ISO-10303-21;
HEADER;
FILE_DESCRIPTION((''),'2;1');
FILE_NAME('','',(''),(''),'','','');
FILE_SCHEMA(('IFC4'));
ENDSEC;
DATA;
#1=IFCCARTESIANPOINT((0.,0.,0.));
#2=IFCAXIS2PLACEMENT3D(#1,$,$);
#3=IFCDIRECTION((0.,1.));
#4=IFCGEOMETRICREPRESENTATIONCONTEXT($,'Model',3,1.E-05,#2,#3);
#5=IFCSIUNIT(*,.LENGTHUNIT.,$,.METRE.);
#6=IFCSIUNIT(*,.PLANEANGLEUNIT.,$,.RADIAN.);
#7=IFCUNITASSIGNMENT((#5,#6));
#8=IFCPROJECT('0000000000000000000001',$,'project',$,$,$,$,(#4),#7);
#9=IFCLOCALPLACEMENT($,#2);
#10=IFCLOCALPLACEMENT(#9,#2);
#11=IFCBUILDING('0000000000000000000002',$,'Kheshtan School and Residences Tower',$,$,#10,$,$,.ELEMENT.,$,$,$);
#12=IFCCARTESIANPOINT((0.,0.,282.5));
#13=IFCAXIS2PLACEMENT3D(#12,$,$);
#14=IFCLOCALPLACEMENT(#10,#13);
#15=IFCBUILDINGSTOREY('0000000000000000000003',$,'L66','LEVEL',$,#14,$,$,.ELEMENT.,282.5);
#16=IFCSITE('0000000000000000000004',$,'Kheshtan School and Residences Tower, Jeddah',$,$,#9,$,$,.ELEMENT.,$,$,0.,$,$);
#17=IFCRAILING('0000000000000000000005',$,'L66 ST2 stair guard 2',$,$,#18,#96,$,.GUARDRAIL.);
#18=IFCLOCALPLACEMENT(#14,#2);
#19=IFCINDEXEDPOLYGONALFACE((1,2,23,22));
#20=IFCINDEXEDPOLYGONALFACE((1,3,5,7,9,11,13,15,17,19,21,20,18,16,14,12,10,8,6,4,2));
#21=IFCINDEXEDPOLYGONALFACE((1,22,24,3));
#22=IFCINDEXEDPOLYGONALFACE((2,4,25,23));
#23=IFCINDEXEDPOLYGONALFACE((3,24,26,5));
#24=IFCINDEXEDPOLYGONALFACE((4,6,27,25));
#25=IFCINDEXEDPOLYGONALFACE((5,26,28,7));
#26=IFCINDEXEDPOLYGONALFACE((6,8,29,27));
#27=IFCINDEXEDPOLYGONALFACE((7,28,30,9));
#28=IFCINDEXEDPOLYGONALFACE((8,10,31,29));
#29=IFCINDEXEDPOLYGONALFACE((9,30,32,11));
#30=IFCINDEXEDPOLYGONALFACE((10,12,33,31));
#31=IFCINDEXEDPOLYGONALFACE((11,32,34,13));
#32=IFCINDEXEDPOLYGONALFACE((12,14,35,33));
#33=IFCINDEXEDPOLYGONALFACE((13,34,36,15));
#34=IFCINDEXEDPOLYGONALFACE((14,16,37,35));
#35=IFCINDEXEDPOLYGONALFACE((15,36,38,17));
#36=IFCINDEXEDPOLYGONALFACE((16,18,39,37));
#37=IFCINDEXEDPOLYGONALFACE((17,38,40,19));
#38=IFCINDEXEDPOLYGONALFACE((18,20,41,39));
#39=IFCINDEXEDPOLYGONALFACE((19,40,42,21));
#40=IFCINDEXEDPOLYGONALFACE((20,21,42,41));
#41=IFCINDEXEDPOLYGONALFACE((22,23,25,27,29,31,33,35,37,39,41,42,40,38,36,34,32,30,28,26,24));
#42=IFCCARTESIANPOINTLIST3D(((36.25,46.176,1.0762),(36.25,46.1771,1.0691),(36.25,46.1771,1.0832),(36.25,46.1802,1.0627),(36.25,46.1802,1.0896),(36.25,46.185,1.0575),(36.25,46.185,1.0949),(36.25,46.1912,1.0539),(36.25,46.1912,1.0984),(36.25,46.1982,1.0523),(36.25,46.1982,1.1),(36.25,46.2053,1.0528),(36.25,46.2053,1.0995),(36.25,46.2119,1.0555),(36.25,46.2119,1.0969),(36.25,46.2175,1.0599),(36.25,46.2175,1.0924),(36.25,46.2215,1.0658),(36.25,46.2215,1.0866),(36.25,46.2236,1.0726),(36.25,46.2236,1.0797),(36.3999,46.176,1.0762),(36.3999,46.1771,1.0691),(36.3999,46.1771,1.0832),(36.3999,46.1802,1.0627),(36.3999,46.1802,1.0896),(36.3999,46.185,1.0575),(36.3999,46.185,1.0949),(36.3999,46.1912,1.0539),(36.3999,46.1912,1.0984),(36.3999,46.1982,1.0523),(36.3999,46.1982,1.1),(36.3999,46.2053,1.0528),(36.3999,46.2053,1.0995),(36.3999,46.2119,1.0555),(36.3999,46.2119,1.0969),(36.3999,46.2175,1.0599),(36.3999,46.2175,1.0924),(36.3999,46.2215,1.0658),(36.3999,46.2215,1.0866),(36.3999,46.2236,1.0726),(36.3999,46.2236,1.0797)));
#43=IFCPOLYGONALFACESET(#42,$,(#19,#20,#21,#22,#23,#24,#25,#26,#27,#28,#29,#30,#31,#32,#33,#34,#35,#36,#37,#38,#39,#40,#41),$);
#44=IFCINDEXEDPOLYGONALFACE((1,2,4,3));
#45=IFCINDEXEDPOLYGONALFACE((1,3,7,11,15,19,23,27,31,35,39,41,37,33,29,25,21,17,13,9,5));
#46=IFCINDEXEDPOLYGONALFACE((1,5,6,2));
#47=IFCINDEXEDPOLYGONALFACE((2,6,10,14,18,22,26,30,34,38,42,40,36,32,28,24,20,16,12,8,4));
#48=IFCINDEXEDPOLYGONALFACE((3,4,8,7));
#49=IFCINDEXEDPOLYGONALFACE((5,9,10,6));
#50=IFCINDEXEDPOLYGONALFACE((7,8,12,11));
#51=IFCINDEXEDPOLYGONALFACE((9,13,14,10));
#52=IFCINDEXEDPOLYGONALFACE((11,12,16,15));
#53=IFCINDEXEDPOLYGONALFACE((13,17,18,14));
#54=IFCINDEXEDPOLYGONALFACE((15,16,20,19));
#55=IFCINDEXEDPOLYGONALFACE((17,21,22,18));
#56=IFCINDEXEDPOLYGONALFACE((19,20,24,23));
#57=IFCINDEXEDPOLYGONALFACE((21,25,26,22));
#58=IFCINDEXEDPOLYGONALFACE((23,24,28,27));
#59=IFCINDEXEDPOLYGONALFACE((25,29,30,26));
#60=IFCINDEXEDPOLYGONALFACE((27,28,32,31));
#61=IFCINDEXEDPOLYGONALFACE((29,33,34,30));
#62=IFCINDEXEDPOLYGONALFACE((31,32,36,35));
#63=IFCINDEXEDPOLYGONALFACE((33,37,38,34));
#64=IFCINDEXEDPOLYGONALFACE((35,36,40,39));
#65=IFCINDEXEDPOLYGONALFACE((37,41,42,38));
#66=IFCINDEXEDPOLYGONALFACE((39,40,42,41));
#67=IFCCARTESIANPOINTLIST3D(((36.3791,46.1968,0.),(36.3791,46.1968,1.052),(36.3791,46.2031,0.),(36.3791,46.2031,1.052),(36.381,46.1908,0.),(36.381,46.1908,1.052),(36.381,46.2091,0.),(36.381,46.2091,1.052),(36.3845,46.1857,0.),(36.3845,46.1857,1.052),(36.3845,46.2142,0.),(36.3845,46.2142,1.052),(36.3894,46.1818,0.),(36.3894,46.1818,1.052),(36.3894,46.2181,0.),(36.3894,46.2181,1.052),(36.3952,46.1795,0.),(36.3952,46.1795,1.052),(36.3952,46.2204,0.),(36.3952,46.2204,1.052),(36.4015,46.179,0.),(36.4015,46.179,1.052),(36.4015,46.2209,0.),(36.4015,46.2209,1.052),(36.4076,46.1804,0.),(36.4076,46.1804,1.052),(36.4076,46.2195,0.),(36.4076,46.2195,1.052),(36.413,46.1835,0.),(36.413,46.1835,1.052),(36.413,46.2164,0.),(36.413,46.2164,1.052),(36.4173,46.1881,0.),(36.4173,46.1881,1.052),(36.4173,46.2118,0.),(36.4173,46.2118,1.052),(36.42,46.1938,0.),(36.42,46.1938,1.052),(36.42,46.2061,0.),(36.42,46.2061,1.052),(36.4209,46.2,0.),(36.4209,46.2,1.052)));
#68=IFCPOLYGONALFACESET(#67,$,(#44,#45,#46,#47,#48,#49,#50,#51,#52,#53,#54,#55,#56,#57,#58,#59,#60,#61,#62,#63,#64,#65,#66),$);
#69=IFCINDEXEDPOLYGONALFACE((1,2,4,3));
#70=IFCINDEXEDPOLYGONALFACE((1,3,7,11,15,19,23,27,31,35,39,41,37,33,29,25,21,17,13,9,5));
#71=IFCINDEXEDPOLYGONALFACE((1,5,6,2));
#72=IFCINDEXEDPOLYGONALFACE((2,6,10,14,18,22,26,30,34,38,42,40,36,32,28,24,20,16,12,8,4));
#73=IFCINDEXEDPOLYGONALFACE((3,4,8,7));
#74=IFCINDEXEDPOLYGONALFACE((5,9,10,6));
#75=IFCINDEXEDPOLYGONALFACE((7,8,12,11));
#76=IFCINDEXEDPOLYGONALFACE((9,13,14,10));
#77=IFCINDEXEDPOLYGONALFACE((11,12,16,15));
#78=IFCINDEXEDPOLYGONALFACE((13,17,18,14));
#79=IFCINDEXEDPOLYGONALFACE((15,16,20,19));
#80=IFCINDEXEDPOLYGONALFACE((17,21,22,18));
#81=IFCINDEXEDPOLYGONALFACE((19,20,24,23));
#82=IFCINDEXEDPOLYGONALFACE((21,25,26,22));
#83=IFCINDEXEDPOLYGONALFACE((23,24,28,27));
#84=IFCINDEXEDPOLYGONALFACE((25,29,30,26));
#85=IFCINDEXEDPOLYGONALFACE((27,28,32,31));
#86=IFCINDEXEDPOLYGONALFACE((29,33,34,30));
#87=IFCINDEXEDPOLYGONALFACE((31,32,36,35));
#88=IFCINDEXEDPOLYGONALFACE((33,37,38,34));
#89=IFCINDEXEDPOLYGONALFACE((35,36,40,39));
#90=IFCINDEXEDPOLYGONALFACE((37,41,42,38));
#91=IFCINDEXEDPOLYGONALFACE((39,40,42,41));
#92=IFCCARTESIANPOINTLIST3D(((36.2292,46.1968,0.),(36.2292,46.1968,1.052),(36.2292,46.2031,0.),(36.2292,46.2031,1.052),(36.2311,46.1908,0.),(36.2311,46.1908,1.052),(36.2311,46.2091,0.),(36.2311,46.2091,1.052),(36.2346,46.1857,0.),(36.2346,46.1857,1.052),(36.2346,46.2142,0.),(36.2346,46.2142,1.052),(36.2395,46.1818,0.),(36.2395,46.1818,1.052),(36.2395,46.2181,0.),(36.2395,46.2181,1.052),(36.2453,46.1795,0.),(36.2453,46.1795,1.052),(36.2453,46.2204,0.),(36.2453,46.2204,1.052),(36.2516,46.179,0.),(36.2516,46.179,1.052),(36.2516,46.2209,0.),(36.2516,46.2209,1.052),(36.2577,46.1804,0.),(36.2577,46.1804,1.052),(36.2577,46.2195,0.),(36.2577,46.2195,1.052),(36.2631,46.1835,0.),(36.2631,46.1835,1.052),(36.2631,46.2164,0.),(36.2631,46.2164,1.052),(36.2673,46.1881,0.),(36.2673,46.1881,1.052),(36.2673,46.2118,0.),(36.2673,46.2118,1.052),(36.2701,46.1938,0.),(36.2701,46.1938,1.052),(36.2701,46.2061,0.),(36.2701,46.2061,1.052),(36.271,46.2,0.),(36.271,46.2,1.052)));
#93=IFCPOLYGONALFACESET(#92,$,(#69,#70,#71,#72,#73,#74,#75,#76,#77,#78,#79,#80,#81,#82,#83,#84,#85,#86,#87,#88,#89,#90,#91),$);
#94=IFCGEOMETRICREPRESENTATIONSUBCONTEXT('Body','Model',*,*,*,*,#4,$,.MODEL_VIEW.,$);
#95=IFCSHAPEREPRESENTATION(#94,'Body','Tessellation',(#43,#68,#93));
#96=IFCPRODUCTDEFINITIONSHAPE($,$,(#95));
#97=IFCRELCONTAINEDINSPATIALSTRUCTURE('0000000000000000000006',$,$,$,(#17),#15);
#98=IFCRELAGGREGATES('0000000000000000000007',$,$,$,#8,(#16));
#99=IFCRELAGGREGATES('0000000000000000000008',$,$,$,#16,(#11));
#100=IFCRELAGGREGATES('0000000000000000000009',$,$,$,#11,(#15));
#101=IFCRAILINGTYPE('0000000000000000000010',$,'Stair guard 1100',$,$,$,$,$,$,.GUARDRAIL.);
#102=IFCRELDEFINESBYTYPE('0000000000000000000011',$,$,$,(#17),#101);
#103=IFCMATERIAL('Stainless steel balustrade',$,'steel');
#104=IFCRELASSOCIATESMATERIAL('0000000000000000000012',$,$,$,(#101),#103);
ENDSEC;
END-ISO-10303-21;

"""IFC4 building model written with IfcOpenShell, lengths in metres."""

from ifc_helpers import new_model, si_unit, direction, frame, origin, origin_2d, place, context, subcontext, project, spatial, circle, extrude, material, type_object, element, save


model = new_model("IFC4")

# Units and contexts
model_context = context("Model", 3, precision=1e-05, world=origin(), true_north=direction((0.0, 1.0)))
body_context = subcontext(model_context, "Body", "Model", "MODEL_VIEW")
ifc_project = project(units=[si_unit("LENGTHUNIT", "METRE"), si_unit("PLANEANGLEUNIT", "RADIAN")], contexts=[model_context])

# Site, building, storey
site_placement = place(None, origin())
site = spatial("IfcSite", under=ifc_project, at=site_placement, Name="Kheshtan School and Residences Tower, Jeddah", CompositionType="ELEMENT", RefElevation=0.0)
building_placement = place(site_placement, origin())
building = spatial("IfcBuilding", under=site, at=building_placement, Name="Kheshtan School and Residences Tower", CompositionType="ELEMENT")
storey_placement = place(building_placement, frame((0.0, 0.0, 282.5)))
storey = spatial("IfcBuildingStorey", under=building, at=storey_placement, Name="L66", Description="LEVEL", CompositionType="ELEMENT", Elevation=282.5)

# Railing
ifc_material_1 = material(Name="Stainless steel balustrade", Category="steel")
railing_type_1 = type_object("IfcRailingType", Name="Stair guard 1100", PredefinedType="GUARDRAIL", material=ifc_material_1)
railing_1_placement = place(storey_placement, frame((36.3999, 46.2, 0.0)))
element("IfcRailing", 1, at=railing_1_placement, inside=storey, type_object=railing_type_1, Name="L66 ST2 stair guard 2", PredefinedType="GUARDRAIL", context=body_context, shape_type="SweptSolid", body=[
    extrude(circle(Radius=0.0239, at=origin_2d()), frame((0.0, 0.0, 1.0762), z_axis=(-1.0, 0.0, 0.0), x_axis=(0.0, -1.0, 0.0)), (0.0, 0.0, 1.0), 0.1499),
    extrude(circle(Radius=0.021, at=origin_2d()), origin(), (0.0, 0.0, 1.0), 1.052),
    extrude(circle(Radius=0.021, at=origin_2d()), frame((-0.1499, 0.0, 0.0)), (0.0, 0.0, 1.0), 1.052),
])

save(model, "model.ifc")
